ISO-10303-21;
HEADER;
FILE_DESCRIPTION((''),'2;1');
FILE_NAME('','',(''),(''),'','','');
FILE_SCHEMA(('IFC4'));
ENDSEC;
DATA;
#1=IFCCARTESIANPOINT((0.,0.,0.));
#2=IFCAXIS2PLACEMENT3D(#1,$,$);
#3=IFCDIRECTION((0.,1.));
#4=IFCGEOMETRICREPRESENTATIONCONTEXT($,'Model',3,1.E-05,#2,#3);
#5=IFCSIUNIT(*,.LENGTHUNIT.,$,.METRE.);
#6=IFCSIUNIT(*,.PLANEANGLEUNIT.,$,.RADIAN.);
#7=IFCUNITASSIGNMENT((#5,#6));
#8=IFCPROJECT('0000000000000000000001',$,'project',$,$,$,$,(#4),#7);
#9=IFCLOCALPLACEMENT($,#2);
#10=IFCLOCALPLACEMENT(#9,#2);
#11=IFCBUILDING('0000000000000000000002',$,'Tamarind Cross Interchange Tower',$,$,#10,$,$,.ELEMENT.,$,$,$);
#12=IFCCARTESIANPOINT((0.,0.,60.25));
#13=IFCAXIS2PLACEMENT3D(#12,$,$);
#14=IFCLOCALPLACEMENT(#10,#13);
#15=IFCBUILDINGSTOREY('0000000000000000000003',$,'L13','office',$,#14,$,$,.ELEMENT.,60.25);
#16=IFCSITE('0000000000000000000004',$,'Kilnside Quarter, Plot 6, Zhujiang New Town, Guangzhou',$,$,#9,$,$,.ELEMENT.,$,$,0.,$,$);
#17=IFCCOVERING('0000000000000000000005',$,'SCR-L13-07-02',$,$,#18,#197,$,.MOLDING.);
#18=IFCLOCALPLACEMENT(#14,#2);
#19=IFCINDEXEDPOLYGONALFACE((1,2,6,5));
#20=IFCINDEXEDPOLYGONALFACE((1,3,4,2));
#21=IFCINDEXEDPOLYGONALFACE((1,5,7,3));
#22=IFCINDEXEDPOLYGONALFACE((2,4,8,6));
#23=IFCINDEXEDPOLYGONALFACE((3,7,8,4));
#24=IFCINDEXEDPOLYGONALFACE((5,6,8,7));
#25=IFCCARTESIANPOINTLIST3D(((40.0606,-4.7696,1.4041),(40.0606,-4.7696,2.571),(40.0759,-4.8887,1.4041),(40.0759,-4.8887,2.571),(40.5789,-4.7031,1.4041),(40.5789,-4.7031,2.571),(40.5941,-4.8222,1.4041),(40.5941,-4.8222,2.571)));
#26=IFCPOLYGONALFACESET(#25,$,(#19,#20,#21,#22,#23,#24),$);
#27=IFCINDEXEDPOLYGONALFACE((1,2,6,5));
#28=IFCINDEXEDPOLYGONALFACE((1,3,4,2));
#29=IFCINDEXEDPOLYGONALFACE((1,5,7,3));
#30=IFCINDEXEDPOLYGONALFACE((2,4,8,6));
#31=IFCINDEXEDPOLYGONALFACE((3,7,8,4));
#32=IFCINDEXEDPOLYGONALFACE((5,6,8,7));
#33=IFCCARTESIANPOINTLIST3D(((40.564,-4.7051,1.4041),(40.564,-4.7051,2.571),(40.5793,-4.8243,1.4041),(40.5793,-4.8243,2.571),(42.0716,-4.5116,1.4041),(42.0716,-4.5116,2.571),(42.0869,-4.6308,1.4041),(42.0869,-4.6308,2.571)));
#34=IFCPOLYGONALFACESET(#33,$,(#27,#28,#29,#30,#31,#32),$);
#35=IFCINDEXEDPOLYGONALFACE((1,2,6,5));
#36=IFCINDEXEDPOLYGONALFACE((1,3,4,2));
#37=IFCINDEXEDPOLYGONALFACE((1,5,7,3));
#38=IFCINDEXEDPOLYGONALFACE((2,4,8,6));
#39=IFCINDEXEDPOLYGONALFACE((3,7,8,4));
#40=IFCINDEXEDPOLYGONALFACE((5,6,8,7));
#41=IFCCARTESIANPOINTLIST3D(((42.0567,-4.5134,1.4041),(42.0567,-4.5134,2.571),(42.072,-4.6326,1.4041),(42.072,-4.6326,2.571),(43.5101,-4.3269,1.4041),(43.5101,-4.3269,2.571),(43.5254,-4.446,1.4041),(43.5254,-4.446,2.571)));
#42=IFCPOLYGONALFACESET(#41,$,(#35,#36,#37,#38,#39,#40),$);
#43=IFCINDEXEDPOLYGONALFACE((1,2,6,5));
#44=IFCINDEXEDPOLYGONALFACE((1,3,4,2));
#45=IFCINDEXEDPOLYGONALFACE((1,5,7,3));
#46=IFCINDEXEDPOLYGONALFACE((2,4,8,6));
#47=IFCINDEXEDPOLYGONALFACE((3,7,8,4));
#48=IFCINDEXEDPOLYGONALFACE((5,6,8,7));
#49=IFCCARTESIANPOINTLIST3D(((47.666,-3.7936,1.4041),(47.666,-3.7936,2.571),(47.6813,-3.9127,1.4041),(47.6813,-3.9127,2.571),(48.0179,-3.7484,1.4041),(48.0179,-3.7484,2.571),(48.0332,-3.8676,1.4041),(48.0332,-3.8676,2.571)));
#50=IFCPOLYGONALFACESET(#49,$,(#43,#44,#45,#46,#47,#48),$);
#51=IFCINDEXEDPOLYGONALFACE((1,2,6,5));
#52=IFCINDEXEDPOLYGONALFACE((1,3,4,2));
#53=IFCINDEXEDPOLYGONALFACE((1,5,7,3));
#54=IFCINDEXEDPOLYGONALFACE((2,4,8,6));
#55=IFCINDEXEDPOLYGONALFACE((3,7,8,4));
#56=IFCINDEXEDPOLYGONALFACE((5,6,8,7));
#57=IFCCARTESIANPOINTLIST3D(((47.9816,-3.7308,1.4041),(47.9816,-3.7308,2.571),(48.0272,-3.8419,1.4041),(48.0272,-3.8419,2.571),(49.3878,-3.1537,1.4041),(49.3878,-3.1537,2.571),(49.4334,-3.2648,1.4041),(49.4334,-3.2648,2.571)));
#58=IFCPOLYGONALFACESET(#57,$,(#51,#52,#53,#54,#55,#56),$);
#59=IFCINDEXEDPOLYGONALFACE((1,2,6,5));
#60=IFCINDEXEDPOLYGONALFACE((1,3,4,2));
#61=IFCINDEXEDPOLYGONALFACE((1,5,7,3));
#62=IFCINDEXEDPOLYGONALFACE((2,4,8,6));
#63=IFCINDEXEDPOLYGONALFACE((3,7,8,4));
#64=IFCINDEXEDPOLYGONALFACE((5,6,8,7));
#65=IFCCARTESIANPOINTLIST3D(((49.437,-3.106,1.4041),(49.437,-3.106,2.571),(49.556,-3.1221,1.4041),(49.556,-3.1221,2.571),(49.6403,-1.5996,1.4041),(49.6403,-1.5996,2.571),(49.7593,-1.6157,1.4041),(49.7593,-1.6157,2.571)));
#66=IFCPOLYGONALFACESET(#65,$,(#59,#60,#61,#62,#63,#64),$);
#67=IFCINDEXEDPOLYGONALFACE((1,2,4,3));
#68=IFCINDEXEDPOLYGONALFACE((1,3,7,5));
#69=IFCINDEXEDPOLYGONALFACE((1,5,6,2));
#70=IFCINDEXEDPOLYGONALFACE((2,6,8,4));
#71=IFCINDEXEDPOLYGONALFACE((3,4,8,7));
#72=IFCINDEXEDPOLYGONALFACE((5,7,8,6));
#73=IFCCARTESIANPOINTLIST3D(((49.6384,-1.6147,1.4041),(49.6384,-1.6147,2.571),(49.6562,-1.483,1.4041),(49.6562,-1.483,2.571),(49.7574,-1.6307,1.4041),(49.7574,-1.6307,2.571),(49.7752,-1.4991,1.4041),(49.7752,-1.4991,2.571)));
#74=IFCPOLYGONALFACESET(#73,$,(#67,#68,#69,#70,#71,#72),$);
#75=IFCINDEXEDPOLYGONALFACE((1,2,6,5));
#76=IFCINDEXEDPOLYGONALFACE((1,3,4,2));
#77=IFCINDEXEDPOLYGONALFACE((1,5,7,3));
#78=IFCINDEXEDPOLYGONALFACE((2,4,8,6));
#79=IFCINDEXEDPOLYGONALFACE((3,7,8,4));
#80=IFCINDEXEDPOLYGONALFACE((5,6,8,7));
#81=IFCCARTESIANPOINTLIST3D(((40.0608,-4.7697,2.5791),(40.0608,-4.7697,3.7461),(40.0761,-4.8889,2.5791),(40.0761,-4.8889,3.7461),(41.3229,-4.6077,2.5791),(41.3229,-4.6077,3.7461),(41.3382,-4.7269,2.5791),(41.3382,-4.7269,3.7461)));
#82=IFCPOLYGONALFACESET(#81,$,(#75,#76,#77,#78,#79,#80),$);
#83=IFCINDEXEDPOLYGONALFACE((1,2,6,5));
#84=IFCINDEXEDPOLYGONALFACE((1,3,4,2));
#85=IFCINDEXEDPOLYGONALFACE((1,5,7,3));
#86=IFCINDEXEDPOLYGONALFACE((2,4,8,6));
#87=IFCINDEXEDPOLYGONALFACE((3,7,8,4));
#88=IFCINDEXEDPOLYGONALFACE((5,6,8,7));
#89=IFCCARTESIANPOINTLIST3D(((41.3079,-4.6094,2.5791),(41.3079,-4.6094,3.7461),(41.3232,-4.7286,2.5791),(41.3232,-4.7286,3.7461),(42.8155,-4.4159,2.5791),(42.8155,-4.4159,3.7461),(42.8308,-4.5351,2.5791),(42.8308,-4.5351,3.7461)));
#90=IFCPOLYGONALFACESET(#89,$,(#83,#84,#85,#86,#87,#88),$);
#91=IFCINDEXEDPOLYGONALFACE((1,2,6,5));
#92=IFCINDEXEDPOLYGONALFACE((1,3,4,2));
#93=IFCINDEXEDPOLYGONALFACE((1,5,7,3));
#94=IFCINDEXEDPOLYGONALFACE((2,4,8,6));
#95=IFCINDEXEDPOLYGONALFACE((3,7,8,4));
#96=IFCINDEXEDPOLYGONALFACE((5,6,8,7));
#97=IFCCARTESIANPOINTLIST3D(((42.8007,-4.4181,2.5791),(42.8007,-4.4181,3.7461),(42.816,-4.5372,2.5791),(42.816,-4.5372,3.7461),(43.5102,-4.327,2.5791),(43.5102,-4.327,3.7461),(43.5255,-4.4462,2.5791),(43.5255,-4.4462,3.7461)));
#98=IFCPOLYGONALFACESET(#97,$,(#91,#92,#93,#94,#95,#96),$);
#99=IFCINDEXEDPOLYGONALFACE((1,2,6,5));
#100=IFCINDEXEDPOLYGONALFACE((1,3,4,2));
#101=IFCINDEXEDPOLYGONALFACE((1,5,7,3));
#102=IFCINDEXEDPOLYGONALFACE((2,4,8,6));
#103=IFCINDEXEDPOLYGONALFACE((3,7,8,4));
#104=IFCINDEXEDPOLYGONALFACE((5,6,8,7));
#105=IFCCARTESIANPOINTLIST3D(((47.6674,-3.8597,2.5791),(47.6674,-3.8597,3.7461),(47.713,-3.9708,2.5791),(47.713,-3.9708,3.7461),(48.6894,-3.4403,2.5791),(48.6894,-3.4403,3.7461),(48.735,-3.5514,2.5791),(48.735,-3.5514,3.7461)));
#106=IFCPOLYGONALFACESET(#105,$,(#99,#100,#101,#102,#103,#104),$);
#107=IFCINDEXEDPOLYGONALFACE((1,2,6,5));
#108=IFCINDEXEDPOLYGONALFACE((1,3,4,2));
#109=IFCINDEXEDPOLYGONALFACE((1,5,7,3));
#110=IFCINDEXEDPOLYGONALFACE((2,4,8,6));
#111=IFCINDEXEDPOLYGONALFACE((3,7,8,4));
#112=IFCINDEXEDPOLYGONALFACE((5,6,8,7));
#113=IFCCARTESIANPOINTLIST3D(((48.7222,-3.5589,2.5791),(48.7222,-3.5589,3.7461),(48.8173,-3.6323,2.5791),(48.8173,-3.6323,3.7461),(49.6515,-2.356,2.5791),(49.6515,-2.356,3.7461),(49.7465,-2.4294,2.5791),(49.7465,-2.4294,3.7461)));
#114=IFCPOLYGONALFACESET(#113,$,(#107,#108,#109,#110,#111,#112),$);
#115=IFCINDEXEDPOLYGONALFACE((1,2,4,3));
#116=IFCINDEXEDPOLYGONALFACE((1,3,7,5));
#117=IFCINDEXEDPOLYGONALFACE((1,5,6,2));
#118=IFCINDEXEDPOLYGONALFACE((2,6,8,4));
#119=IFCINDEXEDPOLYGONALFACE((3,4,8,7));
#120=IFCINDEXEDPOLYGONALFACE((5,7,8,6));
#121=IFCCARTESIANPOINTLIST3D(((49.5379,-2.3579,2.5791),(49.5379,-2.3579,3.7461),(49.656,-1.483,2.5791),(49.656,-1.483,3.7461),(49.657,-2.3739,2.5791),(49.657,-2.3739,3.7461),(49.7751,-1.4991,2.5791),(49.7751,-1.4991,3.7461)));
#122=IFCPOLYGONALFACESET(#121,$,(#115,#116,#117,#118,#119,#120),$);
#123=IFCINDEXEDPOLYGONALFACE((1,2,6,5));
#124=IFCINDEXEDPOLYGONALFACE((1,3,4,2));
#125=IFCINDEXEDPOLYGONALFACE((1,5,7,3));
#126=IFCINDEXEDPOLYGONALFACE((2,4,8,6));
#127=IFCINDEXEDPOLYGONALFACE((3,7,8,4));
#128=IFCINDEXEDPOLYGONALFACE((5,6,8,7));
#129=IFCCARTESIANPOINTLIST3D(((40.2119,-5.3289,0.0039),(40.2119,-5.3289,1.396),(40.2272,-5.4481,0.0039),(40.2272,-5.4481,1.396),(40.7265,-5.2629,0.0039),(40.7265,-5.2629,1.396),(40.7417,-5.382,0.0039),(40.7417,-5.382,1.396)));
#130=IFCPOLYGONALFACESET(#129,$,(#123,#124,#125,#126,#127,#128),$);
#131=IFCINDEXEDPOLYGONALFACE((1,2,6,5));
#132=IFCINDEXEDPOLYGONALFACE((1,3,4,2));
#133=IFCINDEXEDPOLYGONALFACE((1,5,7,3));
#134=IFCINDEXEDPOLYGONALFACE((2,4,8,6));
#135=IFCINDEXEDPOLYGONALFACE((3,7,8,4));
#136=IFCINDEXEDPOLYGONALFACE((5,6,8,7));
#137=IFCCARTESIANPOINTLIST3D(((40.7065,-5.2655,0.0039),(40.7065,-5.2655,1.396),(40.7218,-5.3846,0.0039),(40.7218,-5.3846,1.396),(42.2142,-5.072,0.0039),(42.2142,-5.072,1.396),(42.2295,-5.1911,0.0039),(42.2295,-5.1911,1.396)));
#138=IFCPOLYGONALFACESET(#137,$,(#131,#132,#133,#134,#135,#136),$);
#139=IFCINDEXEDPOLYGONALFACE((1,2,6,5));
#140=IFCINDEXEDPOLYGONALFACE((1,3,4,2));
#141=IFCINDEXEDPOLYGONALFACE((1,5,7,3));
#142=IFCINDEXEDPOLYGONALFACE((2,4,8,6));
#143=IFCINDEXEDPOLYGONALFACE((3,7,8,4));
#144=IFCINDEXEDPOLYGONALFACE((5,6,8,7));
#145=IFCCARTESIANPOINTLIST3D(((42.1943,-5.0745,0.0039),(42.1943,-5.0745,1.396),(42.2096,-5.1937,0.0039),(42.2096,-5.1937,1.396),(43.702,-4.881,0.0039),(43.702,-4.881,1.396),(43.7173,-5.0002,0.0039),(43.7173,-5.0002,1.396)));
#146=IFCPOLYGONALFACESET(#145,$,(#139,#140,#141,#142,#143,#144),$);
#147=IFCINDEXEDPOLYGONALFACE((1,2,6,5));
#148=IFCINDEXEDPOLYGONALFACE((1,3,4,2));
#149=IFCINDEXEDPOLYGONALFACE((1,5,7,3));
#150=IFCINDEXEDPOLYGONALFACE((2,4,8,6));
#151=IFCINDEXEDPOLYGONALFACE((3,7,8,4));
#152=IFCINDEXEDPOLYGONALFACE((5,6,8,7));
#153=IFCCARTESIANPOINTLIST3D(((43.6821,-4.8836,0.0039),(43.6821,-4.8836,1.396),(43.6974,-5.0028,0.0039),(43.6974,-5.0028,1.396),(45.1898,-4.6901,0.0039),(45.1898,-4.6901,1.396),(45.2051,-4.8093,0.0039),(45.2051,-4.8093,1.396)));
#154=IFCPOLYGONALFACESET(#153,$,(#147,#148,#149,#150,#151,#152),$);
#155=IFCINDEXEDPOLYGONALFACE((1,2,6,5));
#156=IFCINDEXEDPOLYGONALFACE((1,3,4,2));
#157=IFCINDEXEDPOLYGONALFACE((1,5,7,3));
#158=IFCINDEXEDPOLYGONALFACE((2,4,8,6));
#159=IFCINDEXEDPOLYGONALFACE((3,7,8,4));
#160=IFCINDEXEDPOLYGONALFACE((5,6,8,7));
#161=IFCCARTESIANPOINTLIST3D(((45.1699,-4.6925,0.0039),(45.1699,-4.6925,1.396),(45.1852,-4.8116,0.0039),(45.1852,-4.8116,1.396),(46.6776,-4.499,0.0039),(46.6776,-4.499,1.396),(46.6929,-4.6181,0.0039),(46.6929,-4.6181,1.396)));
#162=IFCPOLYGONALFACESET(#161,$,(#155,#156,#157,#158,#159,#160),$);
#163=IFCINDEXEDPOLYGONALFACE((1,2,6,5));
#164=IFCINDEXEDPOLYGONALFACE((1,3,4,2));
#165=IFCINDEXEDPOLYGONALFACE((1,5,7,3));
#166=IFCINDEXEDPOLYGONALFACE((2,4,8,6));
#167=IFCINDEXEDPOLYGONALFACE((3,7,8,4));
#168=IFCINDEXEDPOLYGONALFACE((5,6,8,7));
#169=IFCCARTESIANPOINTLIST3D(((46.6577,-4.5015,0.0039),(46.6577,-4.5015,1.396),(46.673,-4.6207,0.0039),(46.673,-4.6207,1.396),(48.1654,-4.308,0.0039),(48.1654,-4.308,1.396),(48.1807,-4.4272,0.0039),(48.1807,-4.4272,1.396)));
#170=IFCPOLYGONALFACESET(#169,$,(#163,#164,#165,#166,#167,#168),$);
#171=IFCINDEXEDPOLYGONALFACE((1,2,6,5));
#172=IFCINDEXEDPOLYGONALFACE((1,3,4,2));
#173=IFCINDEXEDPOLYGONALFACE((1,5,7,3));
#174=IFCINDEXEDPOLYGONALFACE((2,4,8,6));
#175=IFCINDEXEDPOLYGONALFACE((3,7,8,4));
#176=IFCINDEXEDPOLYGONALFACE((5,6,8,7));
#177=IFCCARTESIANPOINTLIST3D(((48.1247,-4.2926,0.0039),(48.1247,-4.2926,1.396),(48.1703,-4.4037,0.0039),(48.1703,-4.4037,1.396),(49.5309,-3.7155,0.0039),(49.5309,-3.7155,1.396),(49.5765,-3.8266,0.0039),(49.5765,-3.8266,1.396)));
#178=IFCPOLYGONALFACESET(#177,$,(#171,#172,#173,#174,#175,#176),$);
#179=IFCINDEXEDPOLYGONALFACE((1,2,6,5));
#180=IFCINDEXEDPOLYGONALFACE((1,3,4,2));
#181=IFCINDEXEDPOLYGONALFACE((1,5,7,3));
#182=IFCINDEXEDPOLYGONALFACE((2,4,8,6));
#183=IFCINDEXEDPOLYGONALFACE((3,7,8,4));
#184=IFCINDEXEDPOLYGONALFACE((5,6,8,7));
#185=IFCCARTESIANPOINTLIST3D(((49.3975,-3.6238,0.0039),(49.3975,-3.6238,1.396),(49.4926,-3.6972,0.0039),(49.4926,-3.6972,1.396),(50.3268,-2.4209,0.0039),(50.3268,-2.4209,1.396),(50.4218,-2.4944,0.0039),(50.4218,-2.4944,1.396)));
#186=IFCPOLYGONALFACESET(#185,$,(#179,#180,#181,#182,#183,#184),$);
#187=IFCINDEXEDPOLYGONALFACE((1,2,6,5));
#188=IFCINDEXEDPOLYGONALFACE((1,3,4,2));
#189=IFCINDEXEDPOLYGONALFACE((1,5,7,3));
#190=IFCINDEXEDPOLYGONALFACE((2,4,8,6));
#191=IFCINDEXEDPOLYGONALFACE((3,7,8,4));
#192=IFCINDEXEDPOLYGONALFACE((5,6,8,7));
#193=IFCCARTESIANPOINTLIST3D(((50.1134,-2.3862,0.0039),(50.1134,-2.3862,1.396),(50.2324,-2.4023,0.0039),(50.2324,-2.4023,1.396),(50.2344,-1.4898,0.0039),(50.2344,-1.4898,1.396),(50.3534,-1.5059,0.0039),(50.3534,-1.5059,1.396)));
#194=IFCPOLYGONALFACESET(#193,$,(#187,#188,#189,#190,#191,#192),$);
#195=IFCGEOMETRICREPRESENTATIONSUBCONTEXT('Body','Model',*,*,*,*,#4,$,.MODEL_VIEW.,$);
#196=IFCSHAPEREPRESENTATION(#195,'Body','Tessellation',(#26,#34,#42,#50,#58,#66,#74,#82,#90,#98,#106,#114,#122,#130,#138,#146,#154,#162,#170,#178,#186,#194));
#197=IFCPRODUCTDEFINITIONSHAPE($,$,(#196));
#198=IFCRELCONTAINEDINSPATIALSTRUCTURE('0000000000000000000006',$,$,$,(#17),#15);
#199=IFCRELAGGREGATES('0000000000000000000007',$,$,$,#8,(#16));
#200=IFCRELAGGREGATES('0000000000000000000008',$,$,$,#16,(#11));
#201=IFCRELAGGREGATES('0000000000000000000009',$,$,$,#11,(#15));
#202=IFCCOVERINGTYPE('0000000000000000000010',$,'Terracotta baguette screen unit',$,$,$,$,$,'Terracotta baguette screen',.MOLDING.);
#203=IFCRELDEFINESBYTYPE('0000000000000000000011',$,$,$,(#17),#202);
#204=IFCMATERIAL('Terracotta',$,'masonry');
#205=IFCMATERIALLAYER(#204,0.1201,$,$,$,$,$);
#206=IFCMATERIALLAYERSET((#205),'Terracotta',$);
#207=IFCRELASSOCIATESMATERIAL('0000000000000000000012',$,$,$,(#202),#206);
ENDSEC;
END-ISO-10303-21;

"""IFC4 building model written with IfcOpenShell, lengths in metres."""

from ifc_helpers import new_model, si_unit, direction, frame, origin, origin_2d, place, context, subcontext, project, spatial, rectangle, extrude, material, layer, layer_set, type_object, element, save


model = new_model("IFC4")

# Units and contexts
model_context = context("Model", 3, precision=1e-05, world=origin(), true_north=direction((0.0, 1.0)))
body_context = subcontext(model_context, "Body", "Model", "MODEL_VIEW")
ifc_project = project(units=[si_unit("LENGTHUNIT", "METRE"), si_unit("PLANEANGLEUNIT", "RADIAN")], contexts=[model_context])

# Site, building, storey
site_placement = place(None, origin())
site = spatial("IfcSite", under=ifc_project, at=site_placement, Name="Kilnside Quarter, Plot 6, Zhujiang New Town, Guangzhou", CompositionType="ELEMENT", RefElevation=0.0)
building_placement = place(site_placement, origin())
building = spatial("IfcBuilding", under=site, at=building_placement, Name="Tamarind Cross Interchange Tower", CompositionType="ELEMENT")
storey_placement = place(building_placement, frame((0.0, 0.0, 60.25)))
storey = spatial("IfcBuildingStorey", under=building, at=storey_placement, Name="L13", Description="office", CompositionType="ELEMENT", Elevation=60.25)

# Covering
ifc_material_1 = material(Name="Terracotta", Category="masonry")
ifc_layer_1 = layer(ifc_material_1, 0.1201)
ifc_layer_set_1 = layer_set([ifc_layer_1], Name="Terracotta")
covering_type = type_object("IfcCoveringType", Name="Terracotta baguette screen unit", ElementType="Terracotta baguette screen", PredefinedType="MOLDING", material=ifc_layer_set_1)
covering_1_placement = place(storey_placement, origin())
element("IfcCovering", 1, at=covering_1_placement, inside=storey, type_object=covering_type, Name="SCR-L13-07-02", PredefinedType="MOLDING", context=body_context, shape_type="SweptSolid", body=[
    extrude(rectangle(XDim=0.5225, YDim=0.1201, at=origin_2d()), frame((40.3274, -4.7959, 1.4041), z_axis=(0.0, 0.0, 1.0), x_axis=(0.991864, 0.1273, 0.0)), (0.0, 0.0, 1.0), 1.167),
    extrude(rectangle(XDim=1.52, YDim=0.1201, at=origin_2d()), frame((41.3254, -4.668, 1.4041), z_axis=(0.0, 0.0, 1.0), x_axis=(0.991864, 0.1273, 0.0)), (0.0, 0.0, 1.0), 1.167),
    extrude(rectangle(XDim=1.4653, YDim=0.1201, at=origin_2d()), frame((42.791, -4.4797, 1.4041), z_axis=(0.0, 0.0, 1.0), x_axis=(0.991864, 0.1273, 0.0)), (0.0, 0.0, 1.0), 1.167),
    extrude(rectangle(XDim=0.3547, YDim=0.1201, at=origin_2d()), frame((47.8496, -3.8306, 1.4041), z_axis=(0.0, 0.0, 1.0), x_axis=(0.991864, 0.1273, 0.0)), (0.0, 0.0, 1.0), 1.167),
    extrude(rectangle(XDim=1.52, YDim=0.1201, at=origin_2d()), frame((48.7075, -3.4978, 1.4041), z_axis=(0.0, 0.0, 1.0), x_axis=(0.92512, 0.379676, 0.0)), (0.0, 0.0, 1.0), 1.167),
    extrude(rectangle(XDim=1.52, YDim=0.1201, at=origin_2d()), frame((49.5981, -2.3608, 1.4041), z_axis=(0.0, 0.0, 1.0), x_axis=(0.133751, 0.991015, 0.0)), (0.0, 0.0, 1.0), 1.167),
    extrude(rectangle(XDim=0.1328, YDim=0.1201, at=origin_2d()), frame((49.7068, -1.5569, 1.4041), z_axis=(0.0, 0.0, 1.0), x_axis=(0.133751, 0.991015, 0.0)), (0.0, 0.0, 1.0), 1.167),
    extrude(rectangle(XDim=1.2725, YDim=0.1201, at=origin_2d()), frame((40.6995, -4.7483, 2.5791), z_axis=(0.0, 0.0, 1.0), x_axis=(0.991864, 0.1273, 0.0)), (0.0, 0.0, 1.0), 1.167),
    extrude(rectangle(XDim=1.52, YDim=0.1201, at=origin_2d()), frame((42.0693, -4.5723, 2.5791), z_axis=(0.0, 0.0, 1.0), x_axis=(0.991864, 0.1273, 0.0)), (0.0, 0.0, 1.0), 1.167),
    extrude(rectangle(XDim=0.7153, YDim=0.1201, at=origin_2d()), frame((43.1631, -4.4321, 2.5791), z_axis=(0.0, 0.0, 1.0), x_axis=(0.991864, 0.1273, 0.0)), (0.0, 0.0, 1.0), 1.167),
    extrude(rectangle(XDim=1.1047, YDim=0.1201, at=origin_2d()), frame((48.2012, -3.7056, 2.5791), z_axis=(0.0, 0.0, 1.0), x_axis=(0.92512, 0.379676, 0.0)), (0.0, 0.0, 1.0), 1.167),
    extrude(rectangle(XDim=1.52, YDim=0.1201, at=origin_2d()), frame((49.2344, -2.9941, 2.5791), z_axis=(0.0, 0.0, 1.0), x_axis=(0.611339, 0.791369, 0.0)), (0.0, 0.0, 1.0), 1.167),
    extrude(rectangle(XDim=0.8828, YDim=0.1201, at=origin_2d()), frame((49.6565, -1.9285, 2.5791), z_axis=(0.0, 0.0, 1.0), x_axis=(0.133751, 0.991015, 0.0)), (0.0, 0.0, 1.0), 1.167),
    extrude(rectangle(XDim=0.5188, YDim=0.1201, at=origin_2d()), frame((40.4768, -5.3555, 0.0039), z_axis=(0.0, 0.0, 1.0), x_axis=(0.991864, 0.1273, 0.0)), (0.0, 0.0, 1.0), 1.3921),
    extrude(rectangle(XDim=1.52, YDim=0.1201, at=origin_2d()), frame((41.468, -5.2283, 0.0039), z_axis=(0.0, 0.0, 1.0), x_axis=(0.991864, 0.1273, 0.0)), (0.0, 0.0, 1.0), 1.3921),
    extrude(rectangle(XDim=1.52, YDim=0.1201, at=origin_2d()), frame((42.9558, -5.0374, 0.0039), z_axis=(0.0, 0.0, 1.0), x_axis=(0.991864, 0.1273, 0.0)), (0.0, 0.0, 1.0), 1.3921),
    extrude(rectangle(XDim=1.52, YDim=0.1201, at=origin_2d()), frame((44.4436, -4.8464, 0.0039), z_axis=(0.0, 0.0, 1.0), x_axis=(0.991864, 0.1273, 0.0)), (0.0, 0.0, 1.0), 1.3921),
    extrude(rectangle(XDim=1.52, YDim=0.1201, at=origin_2d()), frame((45.9314, -4.6553, 0.0039), z_axis=(0.0, 0.0, 1.0), x_axis=(0.991864, 0.1273, 0.0)), (0.0, 0.0, 1.0), 1.3921),
    extrude(rectangle(XDim=1.52, YDim=0.1201, at=origin_2d()), frame((47.4192, -4.4644, 0.0039), z_axis=(0.0, 0.0, 1.0), x_axis=(0.991864, 0.1273, 0.0)), (0.0, 0.0, 1.0), 1.3921),
    extrude(rectangle(XDim=1.52, YDim=0.1201, at=origin_2d()), frame((48.8506, -4.0596, 0.0039), z_axis=(0.0, 0.0, 1.0), x_axis=(0.92512, 0.379676, 0.0)), (0.0, 0.0, 1.0), 1.3921),
    extrude(rectangle(XDim=1.52, YDim=0.1201, at=origin_2d()), frame((49.9097, -3.0591, 0.0039), z_axis=(0.0, 0.0, 1.0), x_axis=(0.611339, 0.791369, 0.0)), (0.0, 0.0, 1.0), 1.3921),
    extrude(rectangle(XDim=0.9045, YDim=0.1201, at=origin_2d()), frame((50.2334, -1.946, 0.0039), z_axis=(0.0, 0.0, 1.0), x_axis=(0.133751, 0.991015, 0.0)), (0.0, 0.0, 1.0), 1.3921),
])

save(model, "model.ifc")
